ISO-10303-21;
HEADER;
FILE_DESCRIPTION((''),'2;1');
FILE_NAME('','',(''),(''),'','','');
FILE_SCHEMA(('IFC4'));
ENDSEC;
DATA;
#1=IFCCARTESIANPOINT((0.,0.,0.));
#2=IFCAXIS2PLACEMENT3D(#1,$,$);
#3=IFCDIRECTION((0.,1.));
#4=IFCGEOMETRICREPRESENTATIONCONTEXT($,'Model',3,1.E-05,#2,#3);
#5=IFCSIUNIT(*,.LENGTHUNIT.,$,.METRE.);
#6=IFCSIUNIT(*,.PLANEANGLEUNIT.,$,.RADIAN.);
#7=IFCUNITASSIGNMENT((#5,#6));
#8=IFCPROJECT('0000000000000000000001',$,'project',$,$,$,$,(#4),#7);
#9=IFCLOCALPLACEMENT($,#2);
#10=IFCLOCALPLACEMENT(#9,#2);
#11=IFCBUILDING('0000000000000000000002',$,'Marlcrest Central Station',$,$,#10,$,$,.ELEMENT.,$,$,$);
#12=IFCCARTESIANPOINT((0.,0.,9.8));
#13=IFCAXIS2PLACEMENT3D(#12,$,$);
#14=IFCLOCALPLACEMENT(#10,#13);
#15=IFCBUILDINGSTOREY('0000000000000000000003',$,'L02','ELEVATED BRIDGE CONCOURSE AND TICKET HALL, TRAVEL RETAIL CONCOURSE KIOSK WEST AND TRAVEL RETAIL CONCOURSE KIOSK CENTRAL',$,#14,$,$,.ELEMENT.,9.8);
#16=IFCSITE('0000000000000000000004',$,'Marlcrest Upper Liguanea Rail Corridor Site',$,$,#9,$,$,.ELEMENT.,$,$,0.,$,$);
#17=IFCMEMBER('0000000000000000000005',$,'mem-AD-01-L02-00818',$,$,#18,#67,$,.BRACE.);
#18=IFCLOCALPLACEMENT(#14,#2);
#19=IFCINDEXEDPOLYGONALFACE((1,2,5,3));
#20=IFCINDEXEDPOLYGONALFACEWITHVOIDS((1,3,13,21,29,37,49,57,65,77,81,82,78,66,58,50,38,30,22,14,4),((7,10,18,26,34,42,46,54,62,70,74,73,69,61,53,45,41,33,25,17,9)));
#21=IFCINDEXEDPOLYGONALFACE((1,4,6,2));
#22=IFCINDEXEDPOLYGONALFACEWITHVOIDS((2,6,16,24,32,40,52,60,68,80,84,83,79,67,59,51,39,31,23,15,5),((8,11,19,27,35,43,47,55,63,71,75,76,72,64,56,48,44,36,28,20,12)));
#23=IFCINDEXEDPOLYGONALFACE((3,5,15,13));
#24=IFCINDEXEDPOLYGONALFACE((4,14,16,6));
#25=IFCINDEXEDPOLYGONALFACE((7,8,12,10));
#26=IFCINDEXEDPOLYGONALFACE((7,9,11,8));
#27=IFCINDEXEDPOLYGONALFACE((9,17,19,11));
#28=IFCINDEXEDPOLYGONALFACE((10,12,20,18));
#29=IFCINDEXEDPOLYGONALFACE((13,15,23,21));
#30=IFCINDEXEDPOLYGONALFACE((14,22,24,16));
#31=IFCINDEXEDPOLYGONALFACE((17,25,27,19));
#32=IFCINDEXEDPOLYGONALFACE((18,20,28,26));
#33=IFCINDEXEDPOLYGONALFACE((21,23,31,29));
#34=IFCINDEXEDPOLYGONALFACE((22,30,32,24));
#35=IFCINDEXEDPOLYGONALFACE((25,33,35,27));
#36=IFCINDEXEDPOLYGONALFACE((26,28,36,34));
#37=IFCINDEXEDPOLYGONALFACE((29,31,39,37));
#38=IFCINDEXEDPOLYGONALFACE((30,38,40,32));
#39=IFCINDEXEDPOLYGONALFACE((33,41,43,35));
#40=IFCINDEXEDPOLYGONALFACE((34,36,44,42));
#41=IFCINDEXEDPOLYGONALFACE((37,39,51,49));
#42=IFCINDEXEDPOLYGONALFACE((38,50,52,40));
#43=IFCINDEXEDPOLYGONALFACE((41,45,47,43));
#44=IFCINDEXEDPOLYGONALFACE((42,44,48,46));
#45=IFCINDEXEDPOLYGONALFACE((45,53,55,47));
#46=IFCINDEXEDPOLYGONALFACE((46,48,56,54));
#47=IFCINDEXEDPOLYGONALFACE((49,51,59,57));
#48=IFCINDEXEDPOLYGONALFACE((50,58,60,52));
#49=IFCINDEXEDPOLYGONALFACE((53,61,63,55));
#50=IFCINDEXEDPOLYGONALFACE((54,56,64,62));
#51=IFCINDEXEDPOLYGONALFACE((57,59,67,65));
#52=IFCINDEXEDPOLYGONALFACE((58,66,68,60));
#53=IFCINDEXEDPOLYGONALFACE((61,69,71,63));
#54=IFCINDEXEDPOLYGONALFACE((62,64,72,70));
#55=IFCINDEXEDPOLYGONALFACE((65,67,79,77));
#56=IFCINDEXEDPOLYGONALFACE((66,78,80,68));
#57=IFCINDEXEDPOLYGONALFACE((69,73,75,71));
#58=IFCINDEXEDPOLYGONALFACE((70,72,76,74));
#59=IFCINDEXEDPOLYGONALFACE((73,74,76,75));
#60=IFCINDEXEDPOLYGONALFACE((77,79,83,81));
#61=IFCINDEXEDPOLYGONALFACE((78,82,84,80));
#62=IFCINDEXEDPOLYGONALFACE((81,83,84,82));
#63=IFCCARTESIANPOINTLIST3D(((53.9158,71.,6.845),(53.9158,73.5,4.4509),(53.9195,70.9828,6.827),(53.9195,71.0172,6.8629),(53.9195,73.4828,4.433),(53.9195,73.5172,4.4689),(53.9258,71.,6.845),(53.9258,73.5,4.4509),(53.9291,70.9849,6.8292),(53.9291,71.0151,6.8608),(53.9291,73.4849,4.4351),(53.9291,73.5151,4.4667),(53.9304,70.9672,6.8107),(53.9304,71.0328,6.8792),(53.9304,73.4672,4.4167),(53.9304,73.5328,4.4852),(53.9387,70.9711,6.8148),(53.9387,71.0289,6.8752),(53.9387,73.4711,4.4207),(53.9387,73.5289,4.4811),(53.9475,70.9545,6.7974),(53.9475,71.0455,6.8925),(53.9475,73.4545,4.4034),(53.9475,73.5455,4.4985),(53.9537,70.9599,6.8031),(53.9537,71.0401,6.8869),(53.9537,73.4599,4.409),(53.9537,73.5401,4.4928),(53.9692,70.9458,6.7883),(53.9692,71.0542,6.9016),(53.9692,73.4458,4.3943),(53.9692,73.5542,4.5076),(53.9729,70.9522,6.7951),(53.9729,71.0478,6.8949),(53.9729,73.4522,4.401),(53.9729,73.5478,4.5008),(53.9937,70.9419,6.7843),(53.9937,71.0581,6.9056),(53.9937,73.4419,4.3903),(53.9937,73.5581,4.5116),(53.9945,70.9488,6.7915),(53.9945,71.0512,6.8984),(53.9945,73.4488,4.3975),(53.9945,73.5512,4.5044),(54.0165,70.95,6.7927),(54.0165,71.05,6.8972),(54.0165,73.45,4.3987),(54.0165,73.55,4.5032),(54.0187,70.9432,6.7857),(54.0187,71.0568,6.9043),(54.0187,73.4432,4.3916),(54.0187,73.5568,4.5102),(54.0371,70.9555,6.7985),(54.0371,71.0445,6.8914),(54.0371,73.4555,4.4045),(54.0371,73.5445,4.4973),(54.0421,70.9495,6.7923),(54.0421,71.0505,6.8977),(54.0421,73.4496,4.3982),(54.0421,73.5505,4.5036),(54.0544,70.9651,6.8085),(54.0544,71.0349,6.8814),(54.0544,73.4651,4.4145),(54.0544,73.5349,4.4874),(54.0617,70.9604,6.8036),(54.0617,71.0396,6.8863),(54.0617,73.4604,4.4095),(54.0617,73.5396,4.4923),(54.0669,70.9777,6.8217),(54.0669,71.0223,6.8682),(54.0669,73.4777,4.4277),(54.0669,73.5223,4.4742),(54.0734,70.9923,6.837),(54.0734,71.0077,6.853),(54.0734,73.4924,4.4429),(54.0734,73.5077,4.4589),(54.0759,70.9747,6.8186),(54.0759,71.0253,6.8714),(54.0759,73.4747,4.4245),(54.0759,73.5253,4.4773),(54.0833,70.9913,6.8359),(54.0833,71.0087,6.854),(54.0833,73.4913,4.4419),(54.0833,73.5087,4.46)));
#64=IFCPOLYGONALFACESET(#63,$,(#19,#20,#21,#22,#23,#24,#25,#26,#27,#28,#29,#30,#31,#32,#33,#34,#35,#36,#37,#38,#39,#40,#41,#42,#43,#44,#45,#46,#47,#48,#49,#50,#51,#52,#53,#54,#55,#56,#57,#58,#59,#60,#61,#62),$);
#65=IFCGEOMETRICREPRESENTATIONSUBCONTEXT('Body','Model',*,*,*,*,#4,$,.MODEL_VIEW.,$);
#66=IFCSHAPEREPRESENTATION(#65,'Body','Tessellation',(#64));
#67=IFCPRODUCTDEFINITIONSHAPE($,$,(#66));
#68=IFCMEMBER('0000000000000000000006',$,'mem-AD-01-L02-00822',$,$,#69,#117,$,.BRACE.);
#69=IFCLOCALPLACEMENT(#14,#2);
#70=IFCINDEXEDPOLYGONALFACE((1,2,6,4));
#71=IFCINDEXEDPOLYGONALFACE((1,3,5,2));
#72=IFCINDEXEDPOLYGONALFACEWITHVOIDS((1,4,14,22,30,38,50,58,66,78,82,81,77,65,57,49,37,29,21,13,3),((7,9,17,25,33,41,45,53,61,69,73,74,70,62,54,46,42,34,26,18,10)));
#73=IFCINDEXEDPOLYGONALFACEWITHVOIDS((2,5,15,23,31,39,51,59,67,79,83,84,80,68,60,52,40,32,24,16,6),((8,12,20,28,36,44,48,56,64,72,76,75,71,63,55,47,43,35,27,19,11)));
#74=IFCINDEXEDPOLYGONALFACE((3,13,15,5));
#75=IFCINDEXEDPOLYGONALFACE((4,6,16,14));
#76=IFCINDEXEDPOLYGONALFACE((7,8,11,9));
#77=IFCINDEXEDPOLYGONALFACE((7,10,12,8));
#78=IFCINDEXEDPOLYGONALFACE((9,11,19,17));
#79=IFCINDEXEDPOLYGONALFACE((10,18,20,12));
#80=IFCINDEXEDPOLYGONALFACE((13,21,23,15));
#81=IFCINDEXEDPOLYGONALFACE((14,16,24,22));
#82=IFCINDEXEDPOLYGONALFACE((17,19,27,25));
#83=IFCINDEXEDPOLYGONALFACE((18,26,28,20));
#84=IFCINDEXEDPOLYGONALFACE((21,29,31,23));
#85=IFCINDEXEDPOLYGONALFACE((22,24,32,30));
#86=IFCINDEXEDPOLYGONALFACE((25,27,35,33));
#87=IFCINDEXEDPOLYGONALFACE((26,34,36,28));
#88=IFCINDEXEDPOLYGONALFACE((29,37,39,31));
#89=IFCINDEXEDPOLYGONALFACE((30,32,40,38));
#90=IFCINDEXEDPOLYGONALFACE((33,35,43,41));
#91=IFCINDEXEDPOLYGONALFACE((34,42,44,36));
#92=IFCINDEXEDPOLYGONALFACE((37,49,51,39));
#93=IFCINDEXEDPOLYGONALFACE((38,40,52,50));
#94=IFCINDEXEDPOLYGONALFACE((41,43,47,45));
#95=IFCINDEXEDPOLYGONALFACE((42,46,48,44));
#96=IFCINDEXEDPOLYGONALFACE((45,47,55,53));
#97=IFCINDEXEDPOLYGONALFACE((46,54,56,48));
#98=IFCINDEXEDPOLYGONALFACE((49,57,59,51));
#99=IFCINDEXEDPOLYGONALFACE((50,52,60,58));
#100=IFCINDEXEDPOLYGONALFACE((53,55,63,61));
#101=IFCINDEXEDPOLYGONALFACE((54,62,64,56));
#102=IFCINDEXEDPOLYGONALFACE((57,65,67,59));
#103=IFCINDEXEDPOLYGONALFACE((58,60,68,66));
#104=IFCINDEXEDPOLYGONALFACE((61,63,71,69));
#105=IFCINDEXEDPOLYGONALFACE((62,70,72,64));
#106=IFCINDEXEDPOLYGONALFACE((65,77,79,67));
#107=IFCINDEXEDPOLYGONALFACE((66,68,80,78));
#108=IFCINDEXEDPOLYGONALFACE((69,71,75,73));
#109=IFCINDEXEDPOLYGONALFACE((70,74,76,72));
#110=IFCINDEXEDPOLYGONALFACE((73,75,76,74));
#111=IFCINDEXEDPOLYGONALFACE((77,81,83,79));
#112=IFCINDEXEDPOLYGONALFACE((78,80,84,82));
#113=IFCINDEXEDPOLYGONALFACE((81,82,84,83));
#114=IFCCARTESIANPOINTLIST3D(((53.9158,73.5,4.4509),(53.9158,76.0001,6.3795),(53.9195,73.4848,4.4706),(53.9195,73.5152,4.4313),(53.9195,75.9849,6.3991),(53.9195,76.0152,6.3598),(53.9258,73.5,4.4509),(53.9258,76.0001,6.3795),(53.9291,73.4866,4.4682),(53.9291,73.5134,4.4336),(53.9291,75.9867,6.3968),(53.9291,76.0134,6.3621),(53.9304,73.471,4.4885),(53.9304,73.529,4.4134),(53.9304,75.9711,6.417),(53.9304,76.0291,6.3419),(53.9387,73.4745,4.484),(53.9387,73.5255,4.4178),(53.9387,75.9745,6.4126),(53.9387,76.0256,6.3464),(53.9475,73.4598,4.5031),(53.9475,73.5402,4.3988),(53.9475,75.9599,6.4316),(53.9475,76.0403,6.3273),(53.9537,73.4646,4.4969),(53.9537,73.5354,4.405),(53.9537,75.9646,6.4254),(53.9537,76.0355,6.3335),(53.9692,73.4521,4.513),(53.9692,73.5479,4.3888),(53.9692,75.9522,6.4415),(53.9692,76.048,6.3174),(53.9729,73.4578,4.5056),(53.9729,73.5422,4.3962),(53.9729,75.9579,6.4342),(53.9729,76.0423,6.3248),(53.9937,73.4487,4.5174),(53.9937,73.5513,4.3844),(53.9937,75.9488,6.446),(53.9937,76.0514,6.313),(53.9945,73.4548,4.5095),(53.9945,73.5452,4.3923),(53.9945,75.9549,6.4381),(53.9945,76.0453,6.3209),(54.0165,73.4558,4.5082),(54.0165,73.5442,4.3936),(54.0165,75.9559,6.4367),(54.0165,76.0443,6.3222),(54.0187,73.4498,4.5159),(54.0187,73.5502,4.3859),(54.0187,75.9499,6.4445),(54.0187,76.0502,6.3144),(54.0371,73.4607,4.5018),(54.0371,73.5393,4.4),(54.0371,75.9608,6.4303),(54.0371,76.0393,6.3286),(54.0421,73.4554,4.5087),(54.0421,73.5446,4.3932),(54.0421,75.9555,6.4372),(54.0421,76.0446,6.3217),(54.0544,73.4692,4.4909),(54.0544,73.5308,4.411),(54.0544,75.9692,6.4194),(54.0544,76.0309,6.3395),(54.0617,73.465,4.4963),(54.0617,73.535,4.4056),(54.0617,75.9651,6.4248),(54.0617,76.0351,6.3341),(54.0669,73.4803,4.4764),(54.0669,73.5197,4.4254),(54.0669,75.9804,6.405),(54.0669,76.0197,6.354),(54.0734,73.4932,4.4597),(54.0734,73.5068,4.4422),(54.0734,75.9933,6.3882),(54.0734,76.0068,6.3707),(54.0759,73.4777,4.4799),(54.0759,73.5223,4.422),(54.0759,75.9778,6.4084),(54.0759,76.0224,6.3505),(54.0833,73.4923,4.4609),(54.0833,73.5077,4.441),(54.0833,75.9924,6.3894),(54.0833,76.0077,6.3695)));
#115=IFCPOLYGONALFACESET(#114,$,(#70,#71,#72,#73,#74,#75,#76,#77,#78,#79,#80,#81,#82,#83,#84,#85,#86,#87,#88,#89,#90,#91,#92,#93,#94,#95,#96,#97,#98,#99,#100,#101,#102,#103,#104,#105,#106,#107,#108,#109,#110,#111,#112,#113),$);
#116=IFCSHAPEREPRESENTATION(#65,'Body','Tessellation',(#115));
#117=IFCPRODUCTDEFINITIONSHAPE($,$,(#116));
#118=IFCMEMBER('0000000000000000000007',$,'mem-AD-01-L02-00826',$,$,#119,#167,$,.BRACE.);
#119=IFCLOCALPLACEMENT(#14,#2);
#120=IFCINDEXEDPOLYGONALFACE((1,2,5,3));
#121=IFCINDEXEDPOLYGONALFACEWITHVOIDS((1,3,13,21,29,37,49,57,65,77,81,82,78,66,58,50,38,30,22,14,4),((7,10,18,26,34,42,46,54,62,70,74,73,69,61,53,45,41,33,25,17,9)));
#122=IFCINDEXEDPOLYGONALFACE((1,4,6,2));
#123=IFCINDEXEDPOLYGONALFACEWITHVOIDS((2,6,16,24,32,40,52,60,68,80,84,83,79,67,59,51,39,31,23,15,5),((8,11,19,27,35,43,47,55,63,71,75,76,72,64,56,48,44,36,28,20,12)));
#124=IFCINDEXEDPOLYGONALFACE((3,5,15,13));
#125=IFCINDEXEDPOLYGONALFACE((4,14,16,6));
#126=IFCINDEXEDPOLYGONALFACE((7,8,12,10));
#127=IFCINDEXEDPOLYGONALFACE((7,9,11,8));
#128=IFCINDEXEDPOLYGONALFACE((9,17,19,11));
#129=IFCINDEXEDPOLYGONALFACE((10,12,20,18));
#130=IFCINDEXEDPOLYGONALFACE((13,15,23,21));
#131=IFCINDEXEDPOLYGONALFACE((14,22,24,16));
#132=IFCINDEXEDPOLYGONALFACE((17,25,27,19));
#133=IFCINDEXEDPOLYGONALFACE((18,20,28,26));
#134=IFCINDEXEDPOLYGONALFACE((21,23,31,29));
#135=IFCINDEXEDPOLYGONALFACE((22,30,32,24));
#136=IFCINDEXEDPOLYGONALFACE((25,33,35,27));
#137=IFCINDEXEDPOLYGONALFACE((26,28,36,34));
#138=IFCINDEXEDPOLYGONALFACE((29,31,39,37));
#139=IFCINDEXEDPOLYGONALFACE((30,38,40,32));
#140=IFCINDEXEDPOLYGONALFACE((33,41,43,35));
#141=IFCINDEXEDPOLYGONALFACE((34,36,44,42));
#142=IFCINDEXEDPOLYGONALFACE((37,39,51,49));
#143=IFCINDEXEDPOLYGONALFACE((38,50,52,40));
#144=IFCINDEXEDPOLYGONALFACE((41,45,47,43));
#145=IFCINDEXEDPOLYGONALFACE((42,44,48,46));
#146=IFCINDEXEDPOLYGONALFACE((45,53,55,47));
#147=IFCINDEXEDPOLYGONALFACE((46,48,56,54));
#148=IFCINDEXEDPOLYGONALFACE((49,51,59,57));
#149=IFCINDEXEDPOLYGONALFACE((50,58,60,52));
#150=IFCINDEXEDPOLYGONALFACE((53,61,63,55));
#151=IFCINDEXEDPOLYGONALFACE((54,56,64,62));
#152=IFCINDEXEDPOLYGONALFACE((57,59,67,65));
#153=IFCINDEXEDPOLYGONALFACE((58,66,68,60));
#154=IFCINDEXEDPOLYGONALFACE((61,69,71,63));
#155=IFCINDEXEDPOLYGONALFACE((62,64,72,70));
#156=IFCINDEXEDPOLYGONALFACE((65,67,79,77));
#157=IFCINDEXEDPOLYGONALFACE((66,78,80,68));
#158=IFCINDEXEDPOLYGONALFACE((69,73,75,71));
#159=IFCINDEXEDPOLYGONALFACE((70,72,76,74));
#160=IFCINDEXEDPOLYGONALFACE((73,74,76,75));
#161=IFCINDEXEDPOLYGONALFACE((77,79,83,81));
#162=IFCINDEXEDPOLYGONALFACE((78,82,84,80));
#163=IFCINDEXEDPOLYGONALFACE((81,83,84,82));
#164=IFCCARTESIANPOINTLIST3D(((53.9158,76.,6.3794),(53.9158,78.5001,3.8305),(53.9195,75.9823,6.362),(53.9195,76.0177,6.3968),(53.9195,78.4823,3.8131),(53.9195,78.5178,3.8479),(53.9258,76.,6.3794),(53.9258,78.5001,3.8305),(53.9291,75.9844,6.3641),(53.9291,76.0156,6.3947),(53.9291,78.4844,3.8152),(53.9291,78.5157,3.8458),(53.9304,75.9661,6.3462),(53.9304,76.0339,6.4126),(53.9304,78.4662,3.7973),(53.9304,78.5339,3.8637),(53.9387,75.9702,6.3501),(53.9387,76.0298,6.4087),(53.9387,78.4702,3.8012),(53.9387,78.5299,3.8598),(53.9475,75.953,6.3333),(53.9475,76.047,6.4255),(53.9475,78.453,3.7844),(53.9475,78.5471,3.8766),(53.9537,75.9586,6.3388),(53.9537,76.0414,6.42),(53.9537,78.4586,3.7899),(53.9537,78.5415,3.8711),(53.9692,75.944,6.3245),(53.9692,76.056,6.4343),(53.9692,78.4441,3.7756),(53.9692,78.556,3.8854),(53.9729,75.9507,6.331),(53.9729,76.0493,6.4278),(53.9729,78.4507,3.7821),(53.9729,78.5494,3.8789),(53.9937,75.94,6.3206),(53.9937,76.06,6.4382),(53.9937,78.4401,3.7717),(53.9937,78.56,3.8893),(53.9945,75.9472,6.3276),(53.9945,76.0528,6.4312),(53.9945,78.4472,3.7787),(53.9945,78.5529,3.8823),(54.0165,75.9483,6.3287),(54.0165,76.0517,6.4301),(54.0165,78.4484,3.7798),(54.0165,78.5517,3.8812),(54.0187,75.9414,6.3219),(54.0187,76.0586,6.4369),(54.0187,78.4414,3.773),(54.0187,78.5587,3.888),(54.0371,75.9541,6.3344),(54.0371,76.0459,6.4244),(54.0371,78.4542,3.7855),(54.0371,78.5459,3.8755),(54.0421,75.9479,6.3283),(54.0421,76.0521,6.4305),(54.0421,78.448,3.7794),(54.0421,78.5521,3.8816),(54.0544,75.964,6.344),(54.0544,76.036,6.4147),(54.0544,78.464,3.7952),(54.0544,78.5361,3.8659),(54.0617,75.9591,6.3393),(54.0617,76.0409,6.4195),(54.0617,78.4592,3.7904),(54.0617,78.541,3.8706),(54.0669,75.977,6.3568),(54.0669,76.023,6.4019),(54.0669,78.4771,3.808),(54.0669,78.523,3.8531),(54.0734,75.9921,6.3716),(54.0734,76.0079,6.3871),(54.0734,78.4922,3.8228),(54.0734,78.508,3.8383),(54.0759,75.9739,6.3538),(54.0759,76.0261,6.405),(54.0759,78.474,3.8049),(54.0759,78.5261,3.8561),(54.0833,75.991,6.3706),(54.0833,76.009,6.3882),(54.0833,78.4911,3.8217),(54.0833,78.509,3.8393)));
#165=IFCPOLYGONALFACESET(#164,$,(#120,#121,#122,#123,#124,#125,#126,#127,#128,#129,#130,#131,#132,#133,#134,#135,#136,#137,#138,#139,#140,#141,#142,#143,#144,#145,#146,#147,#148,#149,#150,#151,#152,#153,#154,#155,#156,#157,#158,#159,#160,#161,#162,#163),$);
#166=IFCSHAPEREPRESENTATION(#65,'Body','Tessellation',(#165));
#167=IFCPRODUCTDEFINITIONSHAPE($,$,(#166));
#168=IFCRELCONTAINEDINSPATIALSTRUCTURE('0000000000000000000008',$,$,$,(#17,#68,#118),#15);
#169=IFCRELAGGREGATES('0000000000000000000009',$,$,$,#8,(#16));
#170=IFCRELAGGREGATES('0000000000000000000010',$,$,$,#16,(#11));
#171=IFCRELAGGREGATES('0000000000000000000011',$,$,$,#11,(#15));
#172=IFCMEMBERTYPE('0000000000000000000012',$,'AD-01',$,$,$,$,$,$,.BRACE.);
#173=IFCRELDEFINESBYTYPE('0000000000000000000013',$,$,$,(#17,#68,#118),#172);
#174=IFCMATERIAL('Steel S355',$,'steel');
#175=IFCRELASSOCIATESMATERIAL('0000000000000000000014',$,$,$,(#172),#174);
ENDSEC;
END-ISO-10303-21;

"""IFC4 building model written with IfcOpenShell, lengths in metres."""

from ifc_helpers import new_model, si_unit, direction, frame, origin, origin_2d, place, context, subcontext, project, spatial, hollow_circle, extrude, material, material_profile, profile_set, type_object, element, save


model = new_model("IFC4")

# Units and contexts
model_context = context("Model", 3, precision=1e-05, world=origin(), true_north=direction((0.0, 1.0)))
body_context = subcontext(model_context, "Body", "Model", "MODEL_VIEW")
ifc_project = project(units=[si_unit("LENGTHUNIT", "METRE"), si_unit("PLANEANGLEUNIT", "RADIAN")], contexts=[model_context])

# Site, building, storey
site_placement = place(None, origin())
site = spatial("IfcSite", under=ifc_project, at=site_placement, Name="Marlcrest Upper Liguanea Rail Corridor Site", CompositionType="ELEMENT", RefElevation=0.0)
building_placement = place(site_placement, origin())
building = spatial("IfcBuilding", under=site, at=building_placement, Name="Marlcrest Central Station", CompositionType="ELEMENT")
storey_placement = place(building_placement, frame((0.0, 0.0, 9.8)))
storey = spatial("IfcBuildingStorey", under=building, at=storey_placement, Name="L02", Description="ELEVATED BRIDGE CONCOURSE AND TICKET HALL, TRAVEL RETAIL CONCOURSE KIOSK WEST AND TRAVEL RETAIL CONCOURSE KIOSK CENTRAL", CompositionType="ELEMENT", Elevation=9.8)

# Members
ifc_material = material(Name="Steel S355", Category="steel")
ifc_material_profile_1 = material_profile(ifc_material, hollow_circle(Radius=0.0842, WallThickness=0.01, at=origin_2d()), Name="CHS 168.3x10")
ifc_profile_set_1 = profile_set([ifc_material_profile_1], Name="Steel S355")
member_type_1 = type_object("IfcMemberType", Name="AD-01", PredefinedType="BRACE", material=ifc_profile_set_1)
member_1_placement = place(storey_placement, frame((54.0, 71.0, 6.845), z_axis=(0.0, 0.722247, -0.691636), x_axis=(-1.0, 0.0, 0.0)))
element("IfcMember", 1, at=member_1_placement, inside=storey, type_object=member_type_1, Name="mem-AD-01-L02-00818", PredefinedType="BRACE", context=body_context, shape_type="SweptSolid", body=[
    extrude(hollow_circle(Radius=0.0842, WallThickness=0.01, at=origin_2d()), origin(), (0.0, 0.0, 1.0), 3.4614),
])
member_2_placement = place(storey_placement, frame((54.0, 73.5, 4.4509), z_axis=(0.0, 0.791798, 0.610783), x_axis=(-1.0, 0.0, 0.0)))
element("IfcMember", 2, at=member_2_placement, inside=storey, type_object=member_type_1, Name="mem-AD-01-L02-00822", PredefinedType="BRACE", context=body_context, shape_type="SweptSolid", body=[
    extrude(hollow_circle(Radius=0.0842, WallThickness=0.01, at=origin_2d()), origin(), (0.0, 0.0, 1.0), 3.1575),
])
member_3_placement = place(storey_placement, frame((54.0, 76.0, 6.3794), z_axis=(0.0, 0.700235, -0.713912), x_axis=(-1.0, 0.0, 0.0)))
element("IfcMember", 3, at=member_3_placement, inside=storey, type_object=member_type_1, Name="mem-AD-01-L02-00826", PredefinedType="BRACE", context=body_context, shape_type="SweptSolid", body=[
    extrude(hollow_circle(Radius=0.0842, WallThickness=0.01, at=origin_2d()), origin(), (0.0, 0.0, 1.0), 3.5703),
])

save(model, "model.ifc")
